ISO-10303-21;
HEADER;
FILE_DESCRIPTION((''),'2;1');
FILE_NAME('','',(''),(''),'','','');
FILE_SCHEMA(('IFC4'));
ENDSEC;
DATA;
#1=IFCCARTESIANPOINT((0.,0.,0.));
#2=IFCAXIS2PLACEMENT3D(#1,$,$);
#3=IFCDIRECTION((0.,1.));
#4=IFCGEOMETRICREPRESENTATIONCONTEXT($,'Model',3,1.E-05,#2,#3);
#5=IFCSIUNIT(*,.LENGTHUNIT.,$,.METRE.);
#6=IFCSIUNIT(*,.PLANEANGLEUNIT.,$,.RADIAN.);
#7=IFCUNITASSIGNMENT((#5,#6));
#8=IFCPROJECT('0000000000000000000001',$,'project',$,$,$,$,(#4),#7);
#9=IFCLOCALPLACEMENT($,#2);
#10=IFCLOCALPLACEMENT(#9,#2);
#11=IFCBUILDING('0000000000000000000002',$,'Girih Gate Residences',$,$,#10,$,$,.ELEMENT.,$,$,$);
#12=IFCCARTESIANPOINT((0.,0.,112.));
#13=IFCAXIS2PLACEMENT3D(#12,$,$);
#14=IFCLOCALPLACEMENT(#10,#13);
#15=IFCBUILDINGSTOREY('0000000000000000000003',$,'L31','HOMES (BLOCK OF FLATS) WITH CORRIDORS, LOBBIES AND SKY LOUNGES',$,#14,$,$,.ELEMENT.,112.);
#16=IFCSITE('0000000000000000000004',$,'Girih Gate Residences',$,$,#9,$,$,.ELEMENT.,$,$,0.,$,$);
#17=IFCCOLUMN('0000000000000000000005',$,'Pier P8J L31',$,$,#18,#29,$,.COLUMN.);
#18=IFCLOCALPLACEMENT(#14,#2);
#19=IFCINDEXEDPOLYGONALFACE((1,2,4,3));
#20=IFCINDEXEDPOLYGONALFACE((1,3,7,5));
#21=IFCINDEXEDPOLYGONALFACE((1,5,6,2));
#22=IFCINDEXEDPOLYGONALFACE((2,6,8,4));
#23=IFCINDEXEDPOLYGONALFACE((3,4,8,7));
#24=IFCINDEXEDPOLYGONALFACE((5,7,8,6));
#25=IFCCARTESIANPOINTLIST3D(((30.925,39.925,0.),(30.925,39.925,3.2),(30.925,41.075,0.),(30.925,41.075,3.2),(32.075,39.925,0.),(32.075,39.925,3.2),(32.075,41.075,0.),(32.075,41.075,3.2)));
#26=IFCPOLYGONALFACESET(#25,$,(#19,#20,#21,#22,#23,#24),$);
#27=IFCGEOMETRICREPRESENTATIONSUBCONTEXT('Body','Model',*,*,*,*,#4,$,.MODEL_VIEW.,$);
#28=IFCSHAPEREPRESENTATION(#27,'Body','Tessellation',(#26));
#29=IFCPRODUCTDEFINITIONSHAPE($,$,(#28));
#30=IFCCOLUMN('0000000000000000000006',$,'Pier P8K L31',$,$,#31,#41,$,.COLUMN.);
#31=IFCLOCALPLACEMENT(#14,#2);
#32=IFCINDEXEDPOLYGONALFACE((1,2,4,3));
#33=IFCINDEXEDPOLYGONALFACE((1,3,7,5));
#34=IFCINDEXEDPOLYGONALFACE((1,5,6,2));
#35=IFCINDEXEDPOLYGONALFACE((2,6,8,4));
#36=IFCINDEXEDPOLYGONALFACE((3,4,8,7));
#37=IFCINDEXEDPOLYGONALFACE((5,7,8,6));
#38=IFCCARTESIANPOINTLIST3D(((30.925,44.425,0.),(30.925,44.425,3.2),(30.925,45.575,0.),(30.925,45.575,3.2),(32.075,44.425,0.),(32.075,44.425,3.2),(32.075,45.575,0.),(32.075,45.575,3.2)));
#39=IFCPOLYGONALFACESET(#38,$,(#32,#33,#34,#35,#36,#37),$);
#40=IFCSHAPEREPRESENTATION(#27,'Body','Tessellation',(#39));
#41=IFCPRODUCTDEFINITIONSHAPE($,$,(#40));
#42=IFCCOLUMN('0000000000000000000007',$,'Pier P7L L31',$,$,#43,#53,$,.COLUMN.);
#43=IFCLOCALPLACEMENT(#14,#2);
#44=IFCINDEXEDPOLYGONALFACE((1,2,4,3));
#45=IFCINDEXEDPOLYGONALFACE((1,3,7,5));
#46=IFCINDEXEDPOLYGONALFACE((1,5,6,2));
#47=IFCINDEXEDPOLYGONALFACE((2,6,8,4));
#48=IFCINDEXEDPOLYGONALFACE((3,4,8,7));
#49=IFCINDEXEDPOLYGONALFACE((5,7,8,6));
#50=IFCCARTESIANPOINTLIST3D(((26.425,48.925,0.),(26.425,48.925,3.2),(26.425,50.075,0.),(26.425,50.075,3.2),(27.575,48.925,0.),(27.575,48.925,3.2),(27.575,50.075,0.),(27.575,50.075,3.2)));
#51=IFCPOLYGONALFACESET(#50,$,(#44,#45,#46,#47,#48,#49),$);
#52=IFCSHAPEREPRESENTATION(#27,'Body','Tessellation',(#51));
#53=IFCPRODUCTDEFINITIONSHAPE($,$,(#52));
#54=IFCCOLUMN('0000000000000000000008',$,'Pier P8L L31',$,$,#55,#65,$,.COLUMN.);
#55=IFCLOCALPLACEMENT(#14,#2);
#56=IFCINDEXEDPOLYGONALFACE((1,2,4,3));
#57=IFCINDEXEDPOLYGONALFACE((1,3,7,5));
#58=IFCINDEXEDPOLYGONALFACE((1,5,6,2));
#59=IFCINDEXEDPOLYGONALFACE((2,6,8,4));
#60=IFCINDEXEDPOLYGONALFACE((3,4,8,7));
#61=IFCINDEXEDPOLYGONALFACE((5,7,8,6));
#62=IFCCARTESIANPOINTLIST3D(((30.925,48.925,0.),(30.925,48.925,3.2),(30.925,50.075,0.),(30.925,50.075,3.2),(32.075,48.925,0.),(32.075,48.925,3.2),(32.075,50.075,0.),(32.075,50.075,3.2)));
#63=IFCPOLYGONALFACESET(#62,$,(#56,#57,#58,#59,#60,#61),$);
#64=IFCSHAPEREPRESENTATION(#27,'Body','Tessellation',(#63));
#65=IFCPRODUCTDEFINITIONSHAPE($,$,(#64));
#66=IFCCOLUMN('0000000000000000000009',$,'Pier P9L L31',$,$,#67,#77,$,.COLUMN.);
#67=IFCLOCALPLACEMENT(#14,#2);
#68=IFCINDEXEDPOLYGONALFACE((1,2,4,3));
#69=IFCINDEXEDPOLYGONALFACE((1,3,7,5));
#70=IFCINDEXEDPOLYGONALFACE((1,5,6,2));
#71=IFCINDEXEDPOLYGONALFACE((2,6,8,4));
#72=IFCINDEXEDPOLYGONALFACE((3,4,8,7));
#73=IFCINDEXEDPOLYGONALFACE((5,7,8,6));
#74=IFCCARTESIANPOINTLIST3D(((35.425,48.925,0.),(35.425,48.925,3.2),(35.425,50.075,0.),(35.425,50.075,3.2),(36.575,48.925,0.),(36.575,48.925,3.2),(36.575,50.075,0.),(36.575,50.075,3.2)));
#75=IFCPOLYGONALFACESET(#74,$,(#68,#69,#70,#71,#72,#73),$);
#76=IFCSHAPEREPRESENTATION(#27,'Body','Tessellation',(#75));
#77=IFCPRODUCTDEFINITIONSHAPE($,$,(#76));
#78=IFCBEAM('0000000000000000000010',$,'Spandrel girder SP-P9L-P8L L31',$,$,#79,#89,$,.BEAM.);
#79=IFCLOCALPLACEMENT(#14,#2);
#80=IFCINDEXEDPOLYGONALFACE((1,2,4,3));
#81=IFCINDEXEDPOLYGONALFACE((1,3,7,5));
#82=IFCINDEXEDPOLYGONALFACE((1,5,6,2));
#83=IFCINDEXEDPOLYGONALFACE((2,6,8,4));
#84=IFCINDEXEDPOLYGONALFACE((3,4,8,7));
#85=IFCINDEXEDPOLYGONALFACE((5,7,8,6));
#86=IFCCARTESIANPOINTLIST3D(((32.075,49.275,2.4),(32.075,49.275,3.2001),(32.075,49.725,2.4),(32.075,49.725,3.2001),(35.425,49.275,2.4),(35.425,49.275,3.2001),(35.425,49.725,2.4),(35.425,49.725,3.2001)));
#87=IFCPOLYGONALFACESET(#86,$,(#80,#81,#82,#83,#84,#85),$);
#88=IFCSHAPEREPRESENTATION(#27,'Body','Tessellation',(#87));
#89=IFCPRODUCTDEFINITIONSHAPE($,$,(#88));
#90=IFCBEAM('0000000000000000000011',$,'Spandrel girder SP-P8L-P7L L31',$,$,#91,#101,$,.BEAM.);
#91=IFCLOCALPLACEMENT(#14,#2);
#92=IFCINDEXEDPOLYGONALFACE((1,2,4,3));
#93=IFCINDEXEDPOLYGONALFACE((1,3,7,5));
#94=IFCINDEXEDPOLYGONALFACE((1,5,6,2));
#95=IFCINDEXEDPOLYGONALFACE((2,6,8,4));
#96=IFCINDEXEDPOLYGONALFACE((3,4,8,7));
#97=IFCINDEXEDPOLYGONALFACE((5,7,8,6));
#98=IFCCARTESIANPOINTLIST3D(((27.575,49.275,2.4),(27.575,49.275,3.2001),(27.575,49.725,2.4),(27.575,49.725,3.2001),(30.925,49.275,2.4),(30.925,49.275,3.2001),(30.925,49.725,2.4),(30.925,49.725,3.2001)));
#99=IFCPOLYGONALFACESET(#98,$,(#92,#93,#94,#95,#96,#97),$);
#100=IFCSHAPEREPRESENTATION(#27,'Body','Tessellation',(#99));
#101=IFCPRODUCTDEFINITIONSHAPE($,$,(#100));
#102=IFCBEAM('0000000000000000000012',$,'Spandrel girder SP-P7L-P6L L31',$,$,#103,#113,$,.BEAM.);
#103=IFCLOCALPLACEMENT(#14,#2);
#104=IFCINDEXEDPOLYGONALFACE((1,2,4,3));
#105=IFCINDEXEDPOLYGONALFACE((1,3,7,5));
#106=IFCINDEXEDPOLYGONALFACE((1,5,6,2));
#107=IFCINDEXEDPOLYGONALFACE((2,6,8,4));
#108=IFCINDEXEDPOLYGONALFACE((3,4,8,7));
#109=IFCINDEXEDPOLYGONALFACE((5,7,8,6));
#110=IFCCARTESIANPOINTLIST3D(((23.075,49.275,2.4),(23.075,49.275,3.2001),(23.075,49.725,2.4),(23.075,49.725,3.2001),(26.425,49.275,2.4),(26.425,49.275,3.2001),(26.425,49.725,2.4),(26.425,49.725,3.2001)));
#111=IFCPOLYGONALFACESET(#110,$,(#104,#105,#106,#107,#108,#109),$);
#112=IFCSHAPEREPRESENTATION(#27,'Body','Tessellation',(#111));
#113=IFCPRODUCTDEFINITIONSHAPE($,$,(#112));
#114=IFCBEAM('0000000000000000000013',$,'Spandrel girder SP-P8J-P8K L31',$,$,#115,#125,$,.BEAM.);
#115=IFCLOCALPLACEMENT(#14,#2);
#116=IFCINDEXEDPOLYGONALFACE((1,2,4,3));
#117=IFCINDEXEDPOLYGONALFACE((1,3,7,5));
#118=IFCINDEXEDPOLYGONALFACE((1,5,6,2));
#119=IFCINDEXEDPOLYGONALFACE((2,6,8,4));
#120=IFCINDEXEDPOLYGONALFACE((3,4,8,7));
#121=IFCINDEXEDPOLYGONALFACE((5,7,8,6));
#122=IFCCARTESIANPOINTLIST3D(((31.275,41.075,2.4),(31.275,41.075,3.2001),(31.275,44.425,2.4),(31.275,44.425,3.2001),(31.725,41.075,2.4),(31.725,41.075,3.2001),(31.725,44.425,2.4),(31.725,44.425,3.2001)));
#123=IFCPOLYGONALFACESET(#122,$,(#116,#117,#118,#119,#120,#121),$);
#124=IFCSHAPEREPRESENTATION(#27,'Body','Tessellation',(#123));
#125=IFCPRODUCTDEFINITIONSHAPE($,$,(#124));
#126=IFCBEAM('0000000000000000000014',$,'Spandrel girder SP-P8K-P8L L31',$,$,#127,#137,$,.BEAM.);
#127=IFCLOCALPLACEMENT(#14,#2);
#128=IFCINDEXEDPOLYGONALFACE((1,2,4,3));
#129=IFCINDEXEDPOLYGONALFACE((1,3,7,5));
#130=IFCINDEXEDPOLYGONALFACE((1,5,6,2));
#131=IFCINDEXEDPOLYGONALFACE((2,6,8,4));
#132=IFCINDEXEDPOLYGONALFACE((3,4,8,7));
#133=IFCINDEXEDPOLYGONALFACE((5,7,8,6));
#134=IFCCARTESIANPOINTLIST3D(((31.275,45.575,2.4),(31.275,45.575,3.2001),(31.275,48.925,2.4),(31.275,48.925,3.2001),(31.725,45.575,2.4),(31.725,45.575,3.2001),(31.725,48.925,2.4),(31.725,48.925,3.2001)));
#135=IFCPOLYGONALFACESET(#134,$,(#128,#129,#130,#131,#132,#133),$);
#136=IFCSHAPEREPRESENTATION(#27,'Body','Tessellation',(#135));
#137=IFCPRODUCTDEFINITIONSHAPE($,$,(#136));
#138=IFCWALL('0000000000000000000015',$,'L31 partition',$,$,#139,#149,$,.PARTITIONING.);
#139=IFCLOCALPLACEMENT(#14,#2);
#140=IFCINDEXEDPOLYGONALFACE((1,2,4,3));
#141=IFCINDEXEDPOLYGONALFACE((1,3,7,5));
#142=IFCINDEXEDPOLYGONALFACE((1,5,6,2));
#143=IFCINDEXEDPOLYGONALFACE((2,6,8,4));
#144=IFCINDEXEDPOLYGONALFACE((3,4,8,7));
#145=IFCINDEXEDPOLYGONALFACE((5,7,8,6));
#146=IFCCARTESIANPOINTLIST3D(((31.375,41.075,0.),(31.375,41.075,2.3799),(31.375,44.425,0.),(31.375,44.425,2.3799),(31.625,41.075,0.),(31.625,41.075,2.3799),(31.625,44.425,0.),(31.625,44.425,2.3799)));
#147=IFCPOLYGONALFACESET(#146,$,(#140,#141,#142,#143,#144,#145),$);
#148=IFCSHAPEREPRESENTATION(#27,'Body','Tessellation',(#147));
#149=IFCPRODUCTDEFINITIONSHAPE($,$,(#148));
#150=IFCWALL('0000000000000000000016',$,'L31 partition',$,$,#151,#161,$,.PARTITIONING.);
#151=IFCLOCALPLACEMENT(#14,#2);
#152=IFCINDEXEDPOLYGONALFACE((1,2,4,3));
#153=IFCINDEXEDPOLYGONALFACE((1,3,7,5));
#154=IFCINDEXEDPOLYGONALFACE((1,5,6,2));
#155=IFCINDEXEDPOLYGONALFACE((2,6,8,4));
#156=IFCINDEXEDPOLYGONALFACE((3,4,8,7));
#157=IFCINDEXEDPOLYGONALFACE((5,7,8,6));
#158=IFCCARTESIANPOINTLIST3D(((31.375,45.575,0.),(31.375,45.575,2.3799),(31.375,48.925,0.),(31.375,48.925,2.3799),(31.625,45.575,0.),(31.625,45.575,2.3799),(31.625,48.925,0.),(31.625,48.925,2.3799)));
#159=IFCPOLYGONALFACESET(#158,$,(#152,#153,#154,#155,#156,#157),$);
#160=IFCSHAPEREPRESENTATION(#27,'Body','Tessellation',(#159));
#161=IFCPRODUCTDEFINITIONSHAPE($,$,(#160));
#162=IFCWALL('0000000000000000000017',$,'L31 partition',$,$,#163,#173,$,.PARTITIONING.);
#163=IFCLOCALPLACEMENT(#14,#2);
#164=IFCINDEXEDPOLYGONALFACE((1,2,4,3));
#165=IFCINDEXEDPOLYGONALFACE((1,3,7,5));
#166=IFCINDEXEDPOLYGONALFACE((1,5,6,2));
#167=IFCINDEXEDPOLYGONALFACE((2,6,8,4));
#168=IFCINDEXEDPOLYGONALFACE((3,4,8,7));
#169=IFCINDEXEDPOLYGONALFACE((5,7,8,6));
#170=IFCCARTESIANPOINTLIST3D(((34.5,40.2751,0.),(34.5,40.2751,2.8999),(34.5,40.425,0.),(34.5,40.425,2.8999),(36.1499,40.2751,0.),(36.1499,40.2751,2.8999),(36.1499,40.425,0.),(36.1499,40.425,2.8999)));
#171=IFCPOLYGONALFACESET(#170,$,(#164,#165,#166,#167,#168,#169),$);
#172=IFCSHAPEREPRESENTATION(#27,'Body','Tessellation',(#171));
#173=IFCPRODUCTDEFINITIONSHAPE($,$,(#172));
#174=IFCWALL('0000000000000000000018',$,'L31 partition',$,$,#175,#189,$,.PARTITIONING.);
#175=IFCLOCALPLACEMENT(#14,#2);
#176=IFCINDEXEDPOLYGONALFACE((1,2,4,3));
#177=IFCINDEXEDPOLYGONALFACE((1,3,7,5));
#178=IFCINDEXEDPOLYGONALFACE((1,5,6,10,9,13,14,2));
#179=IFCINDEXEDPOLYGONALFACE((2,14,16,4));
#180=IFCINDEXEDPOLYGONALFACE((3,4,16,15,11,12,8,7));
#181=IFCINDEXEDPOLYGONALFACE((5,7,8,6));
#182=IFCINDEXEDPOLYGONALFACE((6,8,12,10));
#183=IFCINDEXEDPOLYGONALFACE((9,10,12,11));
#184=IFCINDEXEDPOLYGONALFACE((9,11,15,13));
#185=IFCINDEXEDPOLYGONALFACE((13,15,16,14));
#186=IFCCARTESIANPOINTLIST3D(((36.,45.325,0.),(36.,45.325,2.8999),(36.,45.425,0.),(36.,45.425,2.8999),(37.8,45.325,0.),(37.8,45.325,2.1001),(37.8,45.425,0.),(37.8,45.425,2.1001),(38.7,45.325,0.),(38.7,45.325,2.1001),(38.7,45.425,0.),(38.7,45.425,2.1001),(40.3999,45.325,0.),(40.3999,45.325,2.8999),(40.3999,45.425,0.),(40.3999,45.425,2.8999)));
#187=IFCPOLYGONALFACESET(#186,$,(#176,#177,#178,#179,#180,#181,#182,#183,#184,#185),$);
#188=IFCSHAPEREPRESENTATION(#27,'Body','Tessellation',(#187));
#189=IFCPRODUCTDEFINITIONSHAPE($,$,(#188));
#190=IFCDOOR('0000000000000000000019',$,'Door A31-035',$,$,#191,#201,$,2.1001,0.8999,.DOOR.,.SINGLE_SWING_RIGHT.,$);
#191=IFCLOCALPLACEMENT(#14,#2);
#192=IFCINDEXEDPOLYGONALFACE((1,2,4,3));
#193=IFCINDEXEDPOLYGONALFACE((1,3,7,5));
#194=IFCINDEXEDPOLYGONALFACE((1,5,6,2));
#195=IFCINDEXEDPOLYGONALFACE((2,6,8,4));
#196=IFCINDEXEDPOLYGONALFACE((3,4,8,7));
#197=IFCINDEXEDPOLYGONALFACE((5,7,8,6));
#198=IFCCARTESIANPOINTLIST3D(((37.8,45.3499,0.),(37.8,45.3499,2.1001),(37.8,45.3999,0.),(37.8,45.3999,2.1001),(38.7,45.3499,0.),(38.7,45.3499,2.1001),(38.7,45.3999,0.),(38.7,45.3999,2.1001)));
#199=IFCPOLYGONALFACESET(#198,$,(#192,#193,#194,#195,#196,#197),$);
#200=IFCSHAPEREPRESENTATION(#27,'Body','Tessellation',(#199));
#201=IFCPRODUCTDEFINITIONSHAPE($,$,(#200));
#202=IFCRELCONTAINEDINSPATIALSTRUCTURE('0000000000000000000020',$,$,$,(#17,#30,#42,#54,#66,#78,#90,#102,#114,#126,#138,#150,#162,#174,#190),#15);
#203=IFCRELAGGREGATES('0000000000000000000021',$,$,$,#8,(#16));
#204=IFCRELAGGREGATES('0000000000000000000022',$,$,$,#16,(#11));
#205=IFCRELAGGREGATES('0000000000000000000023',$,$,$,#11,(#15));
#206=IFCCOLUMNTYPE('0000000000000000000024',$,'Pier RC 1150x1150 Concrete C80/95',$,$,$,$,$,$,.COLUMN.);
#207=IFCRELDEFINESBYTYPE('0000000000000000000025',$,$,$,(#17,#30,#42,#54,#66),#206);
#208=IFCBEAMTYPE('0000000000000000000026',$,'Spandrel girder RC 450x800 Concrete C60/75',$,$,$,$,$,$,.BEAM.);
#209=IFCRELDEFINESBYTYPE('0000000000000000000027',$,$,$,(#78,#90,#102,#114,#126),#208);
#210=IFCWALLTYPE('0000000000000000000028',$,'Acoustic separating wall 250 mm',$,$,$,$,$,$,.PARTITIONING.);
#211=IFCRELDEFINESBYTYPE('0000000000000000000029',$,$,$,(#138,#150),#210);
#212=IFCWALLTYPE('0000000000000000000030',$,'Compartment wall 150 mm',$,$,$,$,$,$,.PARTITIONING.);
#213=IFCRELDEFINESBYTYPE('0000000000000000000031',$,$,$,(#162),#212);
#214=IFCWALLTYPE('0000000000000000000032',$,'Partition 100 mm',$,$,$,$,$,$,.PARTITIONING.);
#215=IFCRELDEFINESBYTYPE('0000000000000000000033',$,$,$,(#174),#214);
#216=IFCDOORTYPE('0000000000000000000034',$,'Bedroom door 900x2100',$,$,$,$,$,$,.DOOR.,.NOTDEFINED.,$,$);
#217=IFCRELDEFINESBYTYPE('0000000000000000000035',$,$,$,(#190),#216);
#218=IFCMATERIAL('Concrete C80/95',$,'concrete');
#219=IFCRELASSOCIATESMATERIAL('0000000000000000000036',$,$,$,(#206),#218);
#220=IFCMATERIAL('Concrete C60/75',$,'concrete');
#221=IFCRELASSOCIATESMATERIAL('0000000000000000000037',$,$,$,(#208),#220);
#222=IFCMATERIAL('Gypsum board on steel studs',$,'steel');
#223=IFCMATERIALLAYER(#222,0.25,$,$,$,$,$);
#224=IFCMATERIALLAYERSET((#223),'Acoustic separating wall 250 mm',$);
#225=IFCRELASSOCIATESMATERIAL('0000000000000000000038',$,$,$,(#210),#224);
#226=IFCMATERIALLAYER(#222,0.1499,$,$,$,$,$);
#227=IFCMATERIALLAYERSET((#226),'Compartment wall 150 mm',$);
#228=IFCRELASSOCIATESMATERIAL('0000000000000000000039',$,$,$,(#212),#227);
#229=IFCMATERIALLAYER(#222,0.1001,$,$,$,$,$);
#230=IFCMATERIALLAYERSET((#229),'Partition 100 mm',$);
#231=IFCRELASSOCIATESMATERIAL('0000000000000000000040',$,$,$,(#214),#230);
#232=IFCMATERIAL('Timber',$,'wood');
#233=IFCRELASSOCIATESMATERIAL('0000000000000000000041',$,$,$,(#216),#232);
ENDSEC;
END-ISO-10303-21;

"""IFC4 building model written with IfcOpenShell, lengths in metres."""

from ifc_helpers import new_model, si_unit, direction, frame, frame_2d, origin, origin_2d, place, context, subcontext, project, spatial, rectangle, extrude, material, layer, layer_set, material_profile, profile_set, type_object, element, fill, save


model = new_model("IFC4")

# Units and contexts
model_context = context("Model", 3, precision=1e-05, world=origin(), true_north=direction((0.0, 1.0)))
body_context = subcontext(model_context, "Body", "Model", "MODEL_VIEW")
ifc_project = project(units=[si_unit("LENGTHUNIT", "METRE"), si_unit("PLANEANGLEUNIT", "RADIAN")], contexts=[model_context])

# Site, building, storey
site_placement = place(None, origin())
site = spatial("IfcSite", under=ifc_project, at=site_placement, Name="Girih Gate Residences", CompositionType="ELEMENT", RefElevation=0.0)
building_placement = place(site_placement, origin())
building = spatial("IfcBuilding", under=site, at=building_placement, Name="Girih Gate Residences", CompositionType="ELEMENT")
storey_placement = place(building_placement, frame((0.0, 0.0, 112.0)))
storey = spatial("IfcBuildingStorey", under=building, at=storey_placement, Name="L31", Description="HOMES (BLOCK OF FLATS) WITH CORRIDORS, LOBBIES AND SKY LOUNGES", CompositionType="ELEMENT", Elevation=112.0)

# Columns
ifc_material_1 = material(Name="Concrete C80/95", Category="concrete")
ifc_material_profile_1 = material_profile(ifc_material_1, rectangle(XDim=1.1499, YDim=1.1499, at=origin_2d()))
ifc_profile_set_1 = profile_set([ifc_material_profile_1], Name="Concrete C80/95")
column_type = type_object("IfcColumnType", Name="Pier RC 1150x1150 Concrete C80/95", PredefinedType="COLUMN", material=ifc_profile_set_1)
for number, where, z_axis, x_axis, name in (
    (1, (31.5, 40.5, 0.0), (0.0, 0.0, 1.0), (1.0, 0.0, 0.0), "Pier P8J L31"),
    (2, (31.5, 45.0, 0.0), (0.0, 0.0, 1.0), (1.0, 0.0, 0.0), "Pier P8K L31"),
    (3, (27.0, 49.5, 0.0), (0.0, 0.0, 1.0), (1.0, 0.0, 0.0), "Pier P7L L31"),
    (4, (31.5, 49.5, 0.0), (0.0, 0.0, 1.0), (1.0, 0.0, 0.0), "Pier P8L L31"),
    (5, (36.0, 49.5, 0.0), (0.0, 0.0, 1.0), (1.0, 0.0, 0.0), "Pier P9L L31"),
):
    element("IfcColumn", number, at=place(storey_placement, frame(where, z_axis=z_axis, x_axis=x_axis)), inside=storey, type_object=column_type, Name=name, PredefinedType="COLUMN", context=body_context, shape_type="SweptSolid", body=[
        extrude(rectangle(XDim=1.1499, YDim=1.1499, at=origin_2d()), origin(), (0.0, 0.0, 1.0), 3.2),
    ])

# Beams
ifc_material_2 = material(Name="Concrete C60/75", Category="concrete")
ifc_material_profile_2 = material_profile(ifc_material_2, rectangle(XDim=0.45, YDim=0.8, at=origin_2d()))
ifc_profile_set_2 = profile_set([ifc_material_profile_2], Name="Concrete C60/75")
beam_type = type_object("IfcBeamType", Name="Spandrel girder RC 450x800 Concrete C60/75", PredefinedType="BEAM", material=ifc_profile_set_2)
for number, where, z_axis, x_axis, name in (
    (6, (35.425, 49.5, 2.8), (-1.0, 0.0, 0.0), (0.0, -1.0, 0.0), "Spandrel girder SP-P9L-P8L L31"),
    (7, (30.925, 49.5, 2.8), (-1.0, 0.0, 0.0), (0.0, -1.0, 0.0), "Spandrel girder SP-P8L-P7L L31"),
    (8, (26.425, 49.5, 2.8), (-1.0, 0.0, 0.0), (0.0, -1.0, 0.0), "Spandrel girder SP-P7L-P6L L31"),
    (9, (31.5, 41.075, 2.8), (0.0, 1.0, 0.0), (-1.0, 0.0, 0.0), "Spandrel girder SP-P8J-P8K L31"),
    (10, (31.5, 45.575, 2.8), (0.0, 1.0, 0.0), (-1.0, 0.0, 0.0), "Spandrel girder SP-P8K-P8L L31"),
):
    element("IfcBeam", number, at=place(storey_placement, frame(where, z_axis=z_axis, x_axis=x_axis)), inside=storey, type_object=beam_type, Name=name, PredefinedType="BEAM", context=body_context, shape_type="SweptSolid", body=[
        extrude(rectangle(XDim=0.45, YDim=0.8, at=origin_2d()), origin(), (0.0, 0.0, 1.0), 3.3501),
    ])

# Walls
ifc_material_3 = material(Name="Gypsum board on steel studs", Category="steel")
ifc_layer_1 = layer(ifc_material_3, 0.25)
ifc_layer_set_1 = layer_set([ifc_layer_1], Name="Acoustic separating wall 250 mm")
wall_type_1 = type_object("IfcWallType", Name="Acoustic separating wall 250 mm", PredefinedType="PARTITIONING", material=ifc_layer_set_1)
for number, where, z_axis, x_axis, name in (
    (11, (31.5, 41.075, 0.0), (0.0, 0.0, 1.0), (0.0, 1.0, 0.0), "L31 partition"),
    (12, (31.5, 45.575, 0.0), (0.0, 0.0, 1.0), (0.0, 1.0, 0.0), "L31 partition"),
):
    element("IfcWall", number, at=place(storey_placement, frame(where, z_axis=z_axis, x_axis=x_axis)), inside=storey, type_object=wall_type_1, Name=name, PredefinedType="PARTITIONING", context=body_context, shape_type="SweptSolid", body=[
        extrude(rectangle(XDim=3.3501, YDim=0.25, at=frame_2d((1.675, 0.0))), origin(), (0.0, 0.0, 1.0), 2.3799),
    ])
ifc_layer_2 = layer(ifc_material_3, 0.1499)
ifc_layer_set_2 = layer_set([ifc_layer_2], Name="Compartment wall 150 mm")
wall_type_2 = type_object("IfcWallType", Name="Compartment wall 150 mm", PredefinedType="PARTITIONING", material=ifc_layer_set_2)
wall_1_placement = place(storey_placement, frame((34.5, 40.3501, 0.0), z_axis=(0.0, 0.0, 1.0), x_axis=(1.0, 0.0, 0.0)))
element("IfcWall", 13, at=wall_1_placement, inside=storey, type_object=wall_type_2, Name="L31 partition", PredefinedType="PARTITIONING", context=body_context, shape_type="SweptSolid", body=[
    extrude(rectangle(XDim=1.6499, YDim=0.1499, at=frame_2d((0.825, 0.0))), origin(), (0.0, 0.0, 1.0), 2.8999),
])

# Wall, opening, door
ifc_layer_3 = layer(ifc_material_3, 0.1001)
ifc_layer_set_3 = layer_set([ifc_layer_3], Name="Partition 100 mm")
wall_type_3 = type_object("IfcWallType", Name="Partition 100 mm", PredefinedType="PARTITIONING", material=ifc_layer_set_3)
wall_2_placement = place(storey_placement, frame((36.0, 45.375, 0.0), z_axis=(0.0, 0.0, 1.0), x_axis=(1.0, 0.0, 0.0)))
wall_2 = element("IfcWall", 14, at=wall_2_placement, inside=storey, type_object=wall_type_3, Name="L31 partition", PredefinedType="PARTITIONING", context=body_context, shape_type="SweptSolid", body=[
    extrude(rectangle(XDim=4.3999, YDim=0.1001, at=frame_2d((2.2, 0.0))), origin(), (0.0, 0.0, 1.0), 2.8999),
])
opening_1_placement = place(wall_2_placement, frame((1.8, 0.0, 0.0)))
opening_1 = element("IfcOpeningElement", 15, at=opening_1_placement, cuts=wall_2, PredefinedType="OPENING", context=body_context, shape_type="SweptSolid", body=[
    extrude(rectangle(XDim=0.8999, YDim=2.1001, at=frame_2d((0.45, 1.05))), frame((0.0, 0.0601, 0.0), z_axis=(0.0, -1.0, 0.0), x_axis=(1.0, 0.0, 0.0)), (0.0, 0.0, 1.0), 0.1201),
])
ifc_material_4 = material(Name="Timber", Category="wood")
door_type_1 = type_object("IfcDoorType", Name="Bedroom door 900x2100", OperationType="NOTDEFINED", PredefinedType="DOOR", material=ifc_material_4)
door_1_placement = place(opening_1_placement, origin())
door_1 = element("IfcDoor", 16, at=door_1_placement, inside=storey, type_object=door_type_1, Name="Door A31-035", OperationType="SINGLE_SWING_RIGHT", OverallHeight=2.1001, OverallWidth=0.8999, PredefinedType="DOOR", context=body_context, shape_type="SweptSolid", body=[
    extrude(rectangle(XDim=0.8999, YDim=2.1001, at=frame_2d((0.45, 1.05))), frame((0.0, 0.0249, 0.0), z_axis=(0.0, -1.0, 0.0), x_axis=(1.0, 0.0, 0.0)), (0.0, 0.0, 1.0), 0.05),
])
fill(opening_1, door_1)

save(model, "model.ifc")
